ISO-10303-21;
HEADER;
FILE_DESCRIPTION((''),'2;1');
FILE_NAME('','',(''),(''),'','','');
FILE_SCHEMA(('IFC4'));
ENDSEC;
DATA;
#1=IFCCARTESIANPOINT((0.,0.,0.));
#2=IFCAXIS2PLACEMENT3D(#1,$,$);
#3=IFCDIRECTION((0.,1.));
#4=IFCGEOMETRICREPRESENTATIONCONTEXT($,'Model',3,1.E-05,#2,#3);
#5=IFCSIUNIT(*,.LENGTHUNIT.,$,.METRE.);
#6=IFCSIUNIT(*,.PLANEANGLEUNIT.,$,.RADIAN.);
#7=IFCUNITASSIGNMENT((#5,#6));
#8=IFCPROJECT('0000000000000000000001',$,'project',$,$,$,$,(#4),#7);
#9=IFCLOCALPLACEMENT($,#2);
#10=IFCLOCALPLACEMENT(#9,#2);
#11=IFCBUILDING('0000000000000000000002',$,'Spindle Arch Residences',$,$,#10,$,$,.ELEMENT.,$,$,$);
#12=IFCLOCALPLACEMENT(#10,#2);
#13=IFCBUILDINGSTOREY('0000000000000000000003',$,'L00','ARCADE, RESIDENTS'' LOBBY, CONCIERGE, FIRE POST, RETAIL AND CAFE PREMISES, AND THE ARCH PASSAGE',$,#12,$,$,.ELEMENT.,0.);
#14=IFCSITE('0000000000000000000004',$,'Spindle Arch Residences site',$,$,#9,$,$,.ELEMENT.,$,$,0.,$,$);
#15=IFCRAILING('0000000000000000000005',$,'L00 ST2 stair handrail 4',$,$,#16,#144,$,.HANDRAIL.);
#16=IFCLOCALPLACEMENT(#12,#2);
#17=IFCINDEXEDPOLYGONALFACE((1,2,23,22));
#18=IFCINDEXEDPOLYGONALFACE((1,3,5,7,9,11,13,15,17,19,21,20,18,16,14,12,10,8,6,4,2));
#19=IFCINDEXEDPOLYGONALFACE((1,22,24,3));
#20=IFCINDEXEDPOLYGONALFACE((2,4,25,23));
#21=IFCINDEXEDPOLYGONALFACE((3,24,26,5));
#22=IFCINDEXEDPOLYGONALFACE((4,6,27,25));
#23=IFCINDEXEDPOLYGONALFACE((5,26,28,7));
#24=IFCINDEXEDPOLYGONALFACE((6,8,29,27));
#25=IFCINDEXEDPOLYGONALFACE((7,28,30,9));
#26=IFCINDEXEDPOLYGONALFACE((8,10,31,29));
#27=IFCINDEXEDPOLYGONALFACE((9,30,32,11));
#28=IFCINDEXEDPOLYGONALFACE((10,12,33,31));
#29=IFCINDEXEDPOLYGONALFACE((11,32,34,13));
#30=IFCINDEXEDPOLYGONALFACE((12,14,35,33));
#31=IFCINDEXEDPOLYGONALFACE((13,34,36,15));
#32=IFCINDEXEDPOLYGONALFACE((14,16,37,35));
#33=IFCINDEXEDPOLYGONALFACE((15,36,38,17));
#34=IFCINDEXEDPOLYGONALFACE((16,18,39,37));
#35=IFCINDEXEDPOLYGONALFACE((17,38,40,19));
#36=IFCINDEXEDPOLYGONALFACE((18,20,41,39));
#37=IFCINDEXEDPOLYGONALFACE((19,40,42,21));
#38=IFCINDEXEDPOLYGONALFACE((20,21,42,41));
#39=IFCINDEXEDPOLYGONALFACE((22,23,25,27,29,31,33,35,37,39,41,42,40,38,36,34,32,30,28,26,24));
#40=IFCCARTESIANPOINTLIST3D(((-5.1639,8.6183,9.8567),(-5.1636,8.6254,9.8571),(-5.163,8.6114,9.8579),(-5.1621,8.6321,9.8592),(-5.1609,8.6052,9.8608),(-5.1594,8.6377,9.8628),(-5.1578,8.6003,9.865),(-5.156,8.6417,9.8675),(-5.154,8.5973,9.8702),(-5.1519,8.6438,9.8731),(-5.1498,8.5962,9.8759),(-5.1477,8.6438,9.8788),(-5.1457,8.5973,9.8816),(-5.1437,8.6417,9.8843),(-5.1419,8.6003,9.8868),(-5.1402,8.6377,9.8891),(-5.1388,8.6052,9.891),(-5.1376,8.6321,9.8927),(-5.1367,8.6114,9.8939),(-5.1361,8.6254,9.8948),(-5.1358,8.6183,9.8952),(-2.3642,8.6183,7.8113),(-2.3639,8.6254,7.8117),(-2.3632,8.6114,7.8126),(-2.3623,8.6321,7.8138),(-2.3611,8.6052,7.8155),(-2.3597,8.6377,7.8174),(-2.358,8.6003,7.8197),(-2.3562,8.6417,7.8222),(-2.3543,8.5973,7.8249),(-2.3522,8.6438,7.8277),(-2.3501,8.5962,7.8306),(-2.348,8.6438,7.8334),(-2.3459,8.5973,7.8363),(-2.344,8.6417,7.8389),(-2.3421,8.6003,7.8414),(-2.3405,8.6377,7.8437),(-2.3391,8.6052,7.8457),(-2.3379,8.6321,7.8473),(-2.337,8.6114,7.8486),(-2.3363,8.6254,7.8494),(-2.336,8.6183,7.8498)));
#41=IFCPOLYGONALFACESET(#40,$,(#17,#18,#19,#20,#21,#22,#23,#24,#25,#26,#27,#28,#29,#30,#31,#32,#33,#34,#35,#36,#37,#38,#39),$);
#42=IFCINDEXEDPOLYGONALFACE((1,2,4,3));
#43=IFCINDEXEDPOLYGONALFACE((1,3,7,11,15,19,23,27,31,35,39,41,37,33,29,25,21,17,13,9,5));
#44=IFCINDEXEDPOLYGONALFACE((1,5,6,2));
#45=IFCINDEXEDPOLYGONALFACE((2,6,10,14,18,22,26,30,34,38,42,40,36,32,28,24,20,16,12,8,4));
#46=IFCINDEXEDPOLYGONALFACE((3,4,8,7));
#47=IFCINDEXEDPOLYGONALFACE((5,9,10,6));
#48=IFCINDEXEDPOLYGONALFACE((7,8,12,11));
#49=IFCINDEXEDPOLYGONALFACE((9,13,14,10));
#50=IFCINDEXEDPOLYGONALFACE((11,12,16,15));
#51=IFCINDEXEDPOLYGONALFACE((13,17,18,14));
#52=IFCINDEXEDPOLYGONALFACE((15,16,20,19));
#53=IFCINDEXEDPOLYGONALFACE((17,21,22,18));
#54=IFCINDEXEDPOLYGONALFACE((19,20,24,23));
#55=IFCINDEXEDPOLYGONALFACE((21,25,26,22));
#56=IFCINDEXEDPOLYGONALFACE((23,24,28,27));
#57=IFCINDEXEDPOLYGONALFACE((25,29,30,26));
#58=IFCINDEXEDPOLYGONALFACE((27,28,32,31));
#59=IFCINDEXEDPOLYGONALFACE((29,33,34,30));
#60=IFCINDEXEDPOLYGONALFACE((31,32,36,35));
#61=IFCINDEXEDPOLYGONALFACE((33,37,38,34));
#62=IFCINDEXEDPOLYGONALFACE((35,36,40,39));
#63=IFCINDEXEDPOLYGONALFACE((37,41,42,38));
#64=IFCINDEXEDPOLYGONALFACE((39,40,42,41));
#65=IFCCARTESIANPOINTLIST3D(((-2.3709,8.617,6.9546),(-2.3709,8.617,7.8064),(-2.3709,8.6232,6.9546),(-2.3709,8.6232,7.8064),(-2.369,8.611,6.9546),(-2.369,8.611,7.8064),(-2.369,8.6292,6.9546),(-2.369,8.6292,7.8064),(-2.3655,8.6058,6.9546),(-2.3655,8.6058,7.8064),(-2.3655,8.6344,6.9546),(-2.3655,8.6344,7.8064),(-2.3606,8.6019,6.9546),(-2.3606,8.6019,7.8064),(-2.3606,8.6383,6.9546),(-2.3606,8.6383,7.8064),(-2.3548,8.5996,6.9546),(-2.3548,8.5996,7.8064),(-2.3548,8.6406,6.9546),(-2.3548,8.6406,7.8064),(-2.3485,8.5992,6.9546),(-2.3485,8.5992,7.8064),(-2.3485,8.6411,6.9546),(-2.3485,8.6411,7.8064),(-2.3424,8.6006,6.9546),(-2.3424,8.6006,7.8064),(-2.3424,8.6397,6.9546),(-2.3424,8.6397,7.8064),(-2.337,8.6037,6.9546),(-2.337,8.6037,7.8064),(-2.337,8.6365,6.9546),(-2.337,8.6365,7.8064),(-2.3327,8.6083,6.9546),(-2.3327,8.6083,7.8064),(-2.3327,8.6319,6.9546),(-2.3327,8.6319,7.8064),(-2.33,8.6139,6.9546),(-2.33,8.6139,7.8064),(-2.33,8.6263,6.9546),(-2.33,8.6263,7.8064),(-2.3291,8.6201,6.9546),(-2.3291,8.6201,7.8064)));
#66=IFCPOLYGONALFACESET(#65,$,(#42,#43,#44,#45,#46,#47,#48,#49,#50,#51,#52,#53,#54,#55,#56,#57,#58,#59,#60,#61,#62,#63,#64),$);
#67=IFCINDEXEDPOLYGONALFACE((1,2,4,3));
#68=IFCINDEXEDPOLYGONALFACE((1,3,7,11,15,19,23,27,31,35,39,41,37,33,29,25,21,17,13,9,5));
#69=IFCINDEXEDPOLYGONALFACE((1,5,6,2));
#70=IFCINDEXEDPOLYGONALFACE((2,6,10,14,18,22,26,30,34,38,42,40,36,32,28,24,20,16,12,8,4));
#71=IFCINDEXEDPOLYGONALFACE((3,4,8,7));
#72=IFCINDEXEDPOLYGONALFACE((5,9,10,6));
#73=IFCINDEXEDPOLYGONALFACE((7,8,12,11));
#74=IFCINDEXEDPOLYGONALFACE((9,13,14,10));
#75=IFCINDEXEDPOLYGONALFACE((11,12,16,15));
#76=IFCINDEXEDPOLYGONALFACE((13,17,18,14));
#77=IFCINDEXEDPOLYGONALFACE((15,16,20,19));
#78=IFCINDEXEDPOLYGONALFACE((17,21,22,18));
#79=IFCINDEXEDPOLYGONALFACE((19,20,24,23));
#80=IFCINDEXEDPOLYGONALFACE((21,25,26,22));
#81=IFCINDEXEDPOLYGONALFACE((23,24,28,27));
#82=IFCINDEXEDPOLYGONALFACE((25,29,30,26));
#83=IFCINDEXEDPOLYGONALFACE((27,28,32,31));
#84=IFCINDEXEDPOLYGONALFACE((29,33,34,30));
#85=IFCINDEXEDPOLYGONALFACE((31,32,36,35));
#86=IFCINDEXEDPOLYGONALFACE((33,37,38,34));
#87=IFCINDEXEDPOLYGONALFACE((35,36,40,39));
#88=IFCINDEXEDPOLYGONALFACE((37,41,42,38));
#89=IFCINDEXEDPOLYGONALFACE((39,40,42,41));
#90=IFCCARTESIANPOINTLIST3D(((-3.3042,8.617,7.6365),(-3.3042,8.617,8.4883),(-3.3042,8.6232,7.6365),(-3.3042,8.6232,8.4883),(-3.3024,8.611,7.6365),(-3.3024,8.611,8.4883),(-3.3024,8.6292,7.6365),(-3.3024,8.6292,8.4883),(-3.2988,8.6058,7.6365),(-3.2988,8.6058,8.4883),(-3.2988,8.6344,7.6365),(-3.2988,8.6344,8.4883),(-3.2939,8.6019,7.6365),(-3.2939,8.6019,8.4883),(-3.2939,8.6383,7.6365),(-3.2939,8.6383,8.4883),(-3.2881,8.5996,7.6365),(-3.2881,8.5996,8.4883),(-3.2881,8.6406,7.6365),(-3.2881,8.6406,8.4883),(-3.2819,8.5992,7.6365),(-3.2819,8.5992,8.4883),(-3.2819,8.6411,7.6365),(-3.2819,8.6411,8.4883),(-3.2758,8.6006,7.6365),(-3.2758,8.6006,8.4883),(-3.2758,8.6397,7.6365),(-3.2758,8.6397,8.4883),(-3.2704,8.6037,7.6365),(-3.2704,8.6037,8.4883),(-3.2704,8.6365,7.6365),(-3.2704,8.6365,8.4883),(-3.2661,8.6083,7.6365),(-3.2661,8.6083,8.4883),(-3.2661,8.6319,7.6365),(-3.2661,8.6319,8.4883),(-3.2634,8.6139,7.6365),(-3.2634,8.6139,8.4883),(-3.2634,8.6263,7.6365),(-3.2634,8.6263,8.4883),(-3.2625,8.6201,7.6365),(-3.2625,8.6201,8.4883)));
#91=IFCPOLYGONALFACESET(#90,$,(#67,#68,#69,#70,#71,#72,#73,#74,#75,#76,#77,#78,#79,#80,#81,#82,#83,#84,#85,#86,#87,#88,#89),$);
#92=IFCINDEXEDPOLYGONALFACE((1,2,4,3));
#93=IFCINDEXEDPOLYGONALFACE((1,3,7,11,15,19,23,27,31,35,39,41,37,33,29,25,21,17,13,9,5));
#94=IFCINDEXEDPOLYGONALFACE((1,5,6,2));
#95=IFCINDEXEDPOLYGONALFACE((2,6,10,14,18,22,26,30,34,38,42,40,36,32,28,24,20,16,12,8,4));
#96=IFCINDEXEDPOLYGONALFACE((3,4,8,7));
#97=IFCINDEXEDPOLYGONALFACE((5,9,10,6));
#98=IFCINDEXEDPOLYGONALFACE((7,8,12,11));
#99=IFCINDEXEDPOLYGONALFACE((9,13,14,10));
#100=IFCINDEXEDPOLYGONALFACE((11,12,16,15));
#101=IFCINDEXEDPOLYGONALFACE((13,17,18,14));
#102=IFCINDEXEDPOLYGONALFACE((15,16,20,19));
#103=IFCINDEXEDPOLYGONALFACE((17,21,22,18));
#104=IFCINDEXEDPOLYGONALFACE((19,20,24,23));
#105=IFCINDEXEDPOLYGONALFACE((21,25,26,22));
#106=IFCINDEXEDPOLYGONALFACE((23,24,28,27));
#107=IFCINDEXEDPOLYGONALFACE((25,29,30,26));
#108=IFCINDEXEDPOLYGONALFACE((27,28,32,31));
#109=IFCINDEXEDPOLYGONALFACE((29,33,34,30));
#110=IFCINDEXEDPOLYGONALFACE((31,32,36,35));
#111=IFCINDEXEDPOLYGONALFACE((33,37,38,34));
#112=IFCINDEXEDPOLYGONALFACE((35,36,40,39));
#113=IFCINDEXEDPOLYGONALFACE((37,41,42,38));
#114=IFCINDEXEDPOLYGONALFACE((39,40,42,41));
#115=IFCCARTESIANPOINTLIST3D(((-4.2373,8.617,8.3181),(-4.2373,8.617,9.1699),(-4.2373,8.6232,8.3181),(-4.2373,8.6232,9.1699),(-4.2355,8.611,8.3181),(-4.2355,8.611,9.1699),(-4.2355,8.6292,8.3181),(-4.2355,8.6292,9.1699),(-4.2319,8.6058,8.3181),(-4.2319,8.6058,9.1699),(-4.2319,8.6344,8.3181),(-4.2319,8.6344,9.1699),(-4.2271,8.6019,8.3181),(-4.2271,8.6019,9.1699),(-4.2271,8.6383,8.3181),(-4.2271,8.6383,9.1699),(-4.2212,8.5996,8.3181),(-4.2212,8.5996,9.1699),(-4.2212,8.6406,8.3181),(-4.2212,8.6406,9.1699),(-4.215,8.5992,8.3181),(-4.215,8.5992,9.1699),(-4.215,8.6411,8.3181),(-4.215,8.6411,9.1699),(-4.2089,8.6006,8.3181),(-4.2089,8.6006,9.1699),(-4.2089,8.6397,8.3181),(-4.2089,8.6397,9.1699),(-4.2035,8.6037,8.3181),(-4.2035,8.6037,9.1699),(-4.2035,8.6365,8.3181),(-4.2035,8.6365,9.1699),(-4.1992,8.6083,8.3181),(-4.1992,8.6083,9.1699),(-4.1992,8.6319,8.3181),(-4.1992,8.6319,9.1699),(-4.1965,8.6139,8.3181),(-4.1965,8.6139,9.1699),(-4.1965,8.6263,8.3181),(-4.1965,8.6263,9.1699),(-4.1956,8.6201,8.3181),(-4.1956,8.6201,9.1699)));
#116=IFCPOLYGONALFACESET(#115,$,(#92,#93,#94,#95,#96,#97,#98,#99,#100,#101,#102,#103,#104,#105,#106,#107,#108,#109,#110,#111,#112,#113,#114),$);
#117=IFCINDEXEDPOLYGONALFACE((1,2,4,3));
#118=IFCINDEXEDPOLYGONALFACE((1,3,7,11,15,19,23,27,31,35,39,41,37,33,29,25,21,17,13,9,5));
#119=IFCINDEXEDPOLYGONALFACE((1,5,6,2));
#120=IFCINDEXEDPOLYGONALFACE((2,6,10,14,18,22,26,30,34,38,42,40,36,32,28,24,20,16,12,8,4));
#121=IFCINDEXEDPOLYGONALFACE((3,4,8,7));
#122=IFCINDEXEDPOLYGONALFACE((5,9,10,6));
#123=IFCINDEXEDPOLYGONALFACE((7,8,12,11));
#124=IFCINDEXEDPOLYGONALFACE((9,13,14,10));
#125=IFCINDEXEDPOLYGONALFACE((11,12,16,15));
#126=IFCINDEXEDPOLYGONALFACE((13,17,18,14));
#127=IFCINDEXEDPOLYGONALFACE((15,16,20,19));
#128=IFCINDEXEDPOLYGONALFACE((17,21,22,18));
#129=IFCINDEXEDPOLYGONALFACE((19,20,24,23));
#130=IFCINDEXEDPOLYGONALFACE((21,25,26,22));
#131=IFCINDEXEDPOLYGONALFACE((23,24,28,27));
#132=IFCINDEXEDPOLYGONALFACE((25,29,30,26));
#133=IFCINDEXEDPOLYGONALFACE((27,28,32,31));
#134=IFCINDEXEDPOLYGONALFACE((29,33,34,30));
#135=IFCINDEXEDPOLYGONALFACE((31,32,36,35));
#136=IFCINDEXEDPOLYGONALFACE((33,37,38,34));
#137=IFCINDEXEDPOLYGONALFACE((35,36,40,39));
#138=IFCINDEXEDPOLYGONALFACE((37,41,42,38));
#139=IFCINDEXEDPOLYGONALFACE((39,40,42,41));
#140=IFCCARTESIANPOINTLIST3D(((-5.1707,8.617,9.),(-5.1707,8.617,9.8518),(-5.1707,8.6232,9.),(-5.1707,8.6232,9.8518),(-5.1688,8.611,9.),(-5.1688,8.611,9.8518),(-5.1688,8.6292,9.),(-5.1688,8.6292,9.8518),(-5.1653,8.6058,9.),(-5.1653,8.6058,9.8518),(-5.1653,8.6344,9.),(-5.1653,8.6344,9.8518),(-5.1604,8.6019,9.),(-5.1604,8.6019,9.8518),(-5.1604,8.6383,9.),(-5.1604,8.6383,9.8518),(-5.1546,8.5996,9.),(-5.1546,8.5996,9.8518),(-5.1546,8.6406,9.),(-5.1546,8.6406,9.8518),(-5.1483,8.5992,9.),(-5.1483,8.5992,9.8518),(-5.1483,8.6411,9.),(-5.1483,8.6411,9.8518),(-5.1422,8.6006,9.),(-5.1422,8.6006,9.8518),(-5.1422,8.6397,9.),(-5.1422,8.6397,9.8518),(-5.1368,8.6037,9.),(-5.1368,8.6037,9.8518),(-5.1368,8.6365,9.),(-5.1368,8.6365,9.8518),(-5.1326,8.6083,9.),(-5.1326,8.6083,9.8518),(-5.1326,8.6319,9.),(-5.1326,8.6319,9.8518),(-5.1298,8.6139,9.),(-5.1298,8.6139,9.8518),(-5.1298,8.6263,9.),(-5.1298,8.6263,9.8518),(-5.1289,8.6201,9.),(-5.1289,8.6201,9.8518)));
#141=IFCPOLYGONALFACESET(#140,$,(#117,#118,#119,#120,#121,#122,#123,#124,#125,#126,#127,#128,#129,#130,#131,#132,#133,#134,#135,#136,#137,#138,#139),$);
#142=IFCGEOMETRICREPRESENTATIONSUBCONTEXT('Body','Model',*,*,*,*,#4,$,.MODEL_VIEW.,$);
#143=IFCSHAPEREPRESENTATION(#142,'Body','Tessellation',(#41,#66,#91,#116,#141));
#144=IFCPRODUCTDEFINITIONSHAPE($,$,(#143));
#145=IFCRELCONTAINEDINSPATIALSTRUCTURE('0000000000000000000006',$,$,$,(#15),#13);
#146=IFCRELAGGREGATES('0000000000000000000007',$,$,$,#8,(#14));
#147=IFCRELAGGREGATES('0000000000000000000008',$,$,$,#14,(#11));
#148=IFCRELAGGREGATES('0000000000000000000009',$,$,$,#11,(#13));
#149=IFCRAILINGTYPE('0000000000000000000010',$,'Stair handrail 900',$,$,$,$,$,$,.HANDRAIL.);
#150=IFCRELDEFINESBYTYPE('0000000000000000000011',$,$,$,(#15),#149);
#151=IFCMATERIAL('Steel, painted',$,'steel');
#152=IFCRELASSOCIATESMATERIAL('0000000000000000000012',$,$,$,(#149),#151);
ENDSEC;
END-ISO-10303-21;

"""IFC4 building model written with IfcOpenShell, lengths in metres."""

from ifc_helpers import new_model, si_unit, direction, frame, origin, origin_2d, place, context, subcontext, project, spatial, circle, extrude, material, type_object, element, save


model = new_model("IFC4")

# Units and contexts
model_context = context("Model", 3, precision=1e-05, world=origin(), true_north=direction((0.0, 1.0)))
body_context = subcontext(model_context, "Body", "Model", "MODEL_VIEW")
ifc_project = project(units=[si_unit("LENGTHUNIT", "METRE"), si_unit("PLANEANGLEUNIT", "RADIAN")], contexts=[model_context])

# Site, building, storey
site_placement = place(None, origin())
site = spatial("IfcSite", under=ifc_project, at=site_placement, Name="Spindle Arch Residences site", CompositionType="ELEMENT", RefElevation=0.0)
building_placement = place(site_placement, origin())
building = spatial("IfcBuilding", under=site, at=building_placement, Name="Spindle Arch Residences", CompositionType="ELEMENT")
storey_placement = place(building_placement, origin())
storey = spatial("IfcBuildingStorey", under=building, at=storey_placement, Name="L00", Description="ARCADE, RESIDENTS' LOBBY, CONCIERGE, FIRE POST, RETAIL AND CAFE PREMISES, AND THE ARCH PASSAGE", CompositionType="ELEMENT", Elevation=0.0)

# Railing
ifc_material_1 = material(Name="Steel, painted", Category="steel")
railing_type_1 = type_object("IfcRailingType", Name="Stair handrail 900", PredefinedType="HANDRAIL", material=ifc_material_1)
railing_1_placement = place(storey_placement, frame((-2.3501, 8.6201, 6.9546)))
element("IfcRailing", 1, at=railing_1_placement, inside=storey, type_object=railing_type_1, Name="L00 ST2 stair handrail 4", PredefinedType="HANDRAIL", context=body_context, shape_type="SweptSolid", body=[
    extrude(circle(Radius=0.0239, at=origin_2d()), frame((0.0, 0.0, 0.876), z_axis=(-0.807474, 0.0, 0.589904), x_axis=(0.0, -1.0, 0.0)), (0.0, 0.0, 1.0), 3.4673),
    extrude(circle(Radius=0.021, at=origin_2d()), origin(), (0.0, 0.0, 1.0), 0.8518),
    extrude(circle(Radius=0.021, at=origin_2d()), frame((-0.9333, 0.0, 0.6819)), (0.0, 0.0, 1.0), 0.8518),
    extrude(circle(Radius=0.021, at=origin_2d()), frame((-1.8665, 0.0, 1.3635)), (0.0, 0.0, 1.0), 0.8518),
    extrude(circle(Radius=0.021, at=origin_2d()), frame((-2.7998, 0.0, 2.0454)), (0.0, 0.0, 1.0), 0.8518),
])

save(model, "model.ifc")
